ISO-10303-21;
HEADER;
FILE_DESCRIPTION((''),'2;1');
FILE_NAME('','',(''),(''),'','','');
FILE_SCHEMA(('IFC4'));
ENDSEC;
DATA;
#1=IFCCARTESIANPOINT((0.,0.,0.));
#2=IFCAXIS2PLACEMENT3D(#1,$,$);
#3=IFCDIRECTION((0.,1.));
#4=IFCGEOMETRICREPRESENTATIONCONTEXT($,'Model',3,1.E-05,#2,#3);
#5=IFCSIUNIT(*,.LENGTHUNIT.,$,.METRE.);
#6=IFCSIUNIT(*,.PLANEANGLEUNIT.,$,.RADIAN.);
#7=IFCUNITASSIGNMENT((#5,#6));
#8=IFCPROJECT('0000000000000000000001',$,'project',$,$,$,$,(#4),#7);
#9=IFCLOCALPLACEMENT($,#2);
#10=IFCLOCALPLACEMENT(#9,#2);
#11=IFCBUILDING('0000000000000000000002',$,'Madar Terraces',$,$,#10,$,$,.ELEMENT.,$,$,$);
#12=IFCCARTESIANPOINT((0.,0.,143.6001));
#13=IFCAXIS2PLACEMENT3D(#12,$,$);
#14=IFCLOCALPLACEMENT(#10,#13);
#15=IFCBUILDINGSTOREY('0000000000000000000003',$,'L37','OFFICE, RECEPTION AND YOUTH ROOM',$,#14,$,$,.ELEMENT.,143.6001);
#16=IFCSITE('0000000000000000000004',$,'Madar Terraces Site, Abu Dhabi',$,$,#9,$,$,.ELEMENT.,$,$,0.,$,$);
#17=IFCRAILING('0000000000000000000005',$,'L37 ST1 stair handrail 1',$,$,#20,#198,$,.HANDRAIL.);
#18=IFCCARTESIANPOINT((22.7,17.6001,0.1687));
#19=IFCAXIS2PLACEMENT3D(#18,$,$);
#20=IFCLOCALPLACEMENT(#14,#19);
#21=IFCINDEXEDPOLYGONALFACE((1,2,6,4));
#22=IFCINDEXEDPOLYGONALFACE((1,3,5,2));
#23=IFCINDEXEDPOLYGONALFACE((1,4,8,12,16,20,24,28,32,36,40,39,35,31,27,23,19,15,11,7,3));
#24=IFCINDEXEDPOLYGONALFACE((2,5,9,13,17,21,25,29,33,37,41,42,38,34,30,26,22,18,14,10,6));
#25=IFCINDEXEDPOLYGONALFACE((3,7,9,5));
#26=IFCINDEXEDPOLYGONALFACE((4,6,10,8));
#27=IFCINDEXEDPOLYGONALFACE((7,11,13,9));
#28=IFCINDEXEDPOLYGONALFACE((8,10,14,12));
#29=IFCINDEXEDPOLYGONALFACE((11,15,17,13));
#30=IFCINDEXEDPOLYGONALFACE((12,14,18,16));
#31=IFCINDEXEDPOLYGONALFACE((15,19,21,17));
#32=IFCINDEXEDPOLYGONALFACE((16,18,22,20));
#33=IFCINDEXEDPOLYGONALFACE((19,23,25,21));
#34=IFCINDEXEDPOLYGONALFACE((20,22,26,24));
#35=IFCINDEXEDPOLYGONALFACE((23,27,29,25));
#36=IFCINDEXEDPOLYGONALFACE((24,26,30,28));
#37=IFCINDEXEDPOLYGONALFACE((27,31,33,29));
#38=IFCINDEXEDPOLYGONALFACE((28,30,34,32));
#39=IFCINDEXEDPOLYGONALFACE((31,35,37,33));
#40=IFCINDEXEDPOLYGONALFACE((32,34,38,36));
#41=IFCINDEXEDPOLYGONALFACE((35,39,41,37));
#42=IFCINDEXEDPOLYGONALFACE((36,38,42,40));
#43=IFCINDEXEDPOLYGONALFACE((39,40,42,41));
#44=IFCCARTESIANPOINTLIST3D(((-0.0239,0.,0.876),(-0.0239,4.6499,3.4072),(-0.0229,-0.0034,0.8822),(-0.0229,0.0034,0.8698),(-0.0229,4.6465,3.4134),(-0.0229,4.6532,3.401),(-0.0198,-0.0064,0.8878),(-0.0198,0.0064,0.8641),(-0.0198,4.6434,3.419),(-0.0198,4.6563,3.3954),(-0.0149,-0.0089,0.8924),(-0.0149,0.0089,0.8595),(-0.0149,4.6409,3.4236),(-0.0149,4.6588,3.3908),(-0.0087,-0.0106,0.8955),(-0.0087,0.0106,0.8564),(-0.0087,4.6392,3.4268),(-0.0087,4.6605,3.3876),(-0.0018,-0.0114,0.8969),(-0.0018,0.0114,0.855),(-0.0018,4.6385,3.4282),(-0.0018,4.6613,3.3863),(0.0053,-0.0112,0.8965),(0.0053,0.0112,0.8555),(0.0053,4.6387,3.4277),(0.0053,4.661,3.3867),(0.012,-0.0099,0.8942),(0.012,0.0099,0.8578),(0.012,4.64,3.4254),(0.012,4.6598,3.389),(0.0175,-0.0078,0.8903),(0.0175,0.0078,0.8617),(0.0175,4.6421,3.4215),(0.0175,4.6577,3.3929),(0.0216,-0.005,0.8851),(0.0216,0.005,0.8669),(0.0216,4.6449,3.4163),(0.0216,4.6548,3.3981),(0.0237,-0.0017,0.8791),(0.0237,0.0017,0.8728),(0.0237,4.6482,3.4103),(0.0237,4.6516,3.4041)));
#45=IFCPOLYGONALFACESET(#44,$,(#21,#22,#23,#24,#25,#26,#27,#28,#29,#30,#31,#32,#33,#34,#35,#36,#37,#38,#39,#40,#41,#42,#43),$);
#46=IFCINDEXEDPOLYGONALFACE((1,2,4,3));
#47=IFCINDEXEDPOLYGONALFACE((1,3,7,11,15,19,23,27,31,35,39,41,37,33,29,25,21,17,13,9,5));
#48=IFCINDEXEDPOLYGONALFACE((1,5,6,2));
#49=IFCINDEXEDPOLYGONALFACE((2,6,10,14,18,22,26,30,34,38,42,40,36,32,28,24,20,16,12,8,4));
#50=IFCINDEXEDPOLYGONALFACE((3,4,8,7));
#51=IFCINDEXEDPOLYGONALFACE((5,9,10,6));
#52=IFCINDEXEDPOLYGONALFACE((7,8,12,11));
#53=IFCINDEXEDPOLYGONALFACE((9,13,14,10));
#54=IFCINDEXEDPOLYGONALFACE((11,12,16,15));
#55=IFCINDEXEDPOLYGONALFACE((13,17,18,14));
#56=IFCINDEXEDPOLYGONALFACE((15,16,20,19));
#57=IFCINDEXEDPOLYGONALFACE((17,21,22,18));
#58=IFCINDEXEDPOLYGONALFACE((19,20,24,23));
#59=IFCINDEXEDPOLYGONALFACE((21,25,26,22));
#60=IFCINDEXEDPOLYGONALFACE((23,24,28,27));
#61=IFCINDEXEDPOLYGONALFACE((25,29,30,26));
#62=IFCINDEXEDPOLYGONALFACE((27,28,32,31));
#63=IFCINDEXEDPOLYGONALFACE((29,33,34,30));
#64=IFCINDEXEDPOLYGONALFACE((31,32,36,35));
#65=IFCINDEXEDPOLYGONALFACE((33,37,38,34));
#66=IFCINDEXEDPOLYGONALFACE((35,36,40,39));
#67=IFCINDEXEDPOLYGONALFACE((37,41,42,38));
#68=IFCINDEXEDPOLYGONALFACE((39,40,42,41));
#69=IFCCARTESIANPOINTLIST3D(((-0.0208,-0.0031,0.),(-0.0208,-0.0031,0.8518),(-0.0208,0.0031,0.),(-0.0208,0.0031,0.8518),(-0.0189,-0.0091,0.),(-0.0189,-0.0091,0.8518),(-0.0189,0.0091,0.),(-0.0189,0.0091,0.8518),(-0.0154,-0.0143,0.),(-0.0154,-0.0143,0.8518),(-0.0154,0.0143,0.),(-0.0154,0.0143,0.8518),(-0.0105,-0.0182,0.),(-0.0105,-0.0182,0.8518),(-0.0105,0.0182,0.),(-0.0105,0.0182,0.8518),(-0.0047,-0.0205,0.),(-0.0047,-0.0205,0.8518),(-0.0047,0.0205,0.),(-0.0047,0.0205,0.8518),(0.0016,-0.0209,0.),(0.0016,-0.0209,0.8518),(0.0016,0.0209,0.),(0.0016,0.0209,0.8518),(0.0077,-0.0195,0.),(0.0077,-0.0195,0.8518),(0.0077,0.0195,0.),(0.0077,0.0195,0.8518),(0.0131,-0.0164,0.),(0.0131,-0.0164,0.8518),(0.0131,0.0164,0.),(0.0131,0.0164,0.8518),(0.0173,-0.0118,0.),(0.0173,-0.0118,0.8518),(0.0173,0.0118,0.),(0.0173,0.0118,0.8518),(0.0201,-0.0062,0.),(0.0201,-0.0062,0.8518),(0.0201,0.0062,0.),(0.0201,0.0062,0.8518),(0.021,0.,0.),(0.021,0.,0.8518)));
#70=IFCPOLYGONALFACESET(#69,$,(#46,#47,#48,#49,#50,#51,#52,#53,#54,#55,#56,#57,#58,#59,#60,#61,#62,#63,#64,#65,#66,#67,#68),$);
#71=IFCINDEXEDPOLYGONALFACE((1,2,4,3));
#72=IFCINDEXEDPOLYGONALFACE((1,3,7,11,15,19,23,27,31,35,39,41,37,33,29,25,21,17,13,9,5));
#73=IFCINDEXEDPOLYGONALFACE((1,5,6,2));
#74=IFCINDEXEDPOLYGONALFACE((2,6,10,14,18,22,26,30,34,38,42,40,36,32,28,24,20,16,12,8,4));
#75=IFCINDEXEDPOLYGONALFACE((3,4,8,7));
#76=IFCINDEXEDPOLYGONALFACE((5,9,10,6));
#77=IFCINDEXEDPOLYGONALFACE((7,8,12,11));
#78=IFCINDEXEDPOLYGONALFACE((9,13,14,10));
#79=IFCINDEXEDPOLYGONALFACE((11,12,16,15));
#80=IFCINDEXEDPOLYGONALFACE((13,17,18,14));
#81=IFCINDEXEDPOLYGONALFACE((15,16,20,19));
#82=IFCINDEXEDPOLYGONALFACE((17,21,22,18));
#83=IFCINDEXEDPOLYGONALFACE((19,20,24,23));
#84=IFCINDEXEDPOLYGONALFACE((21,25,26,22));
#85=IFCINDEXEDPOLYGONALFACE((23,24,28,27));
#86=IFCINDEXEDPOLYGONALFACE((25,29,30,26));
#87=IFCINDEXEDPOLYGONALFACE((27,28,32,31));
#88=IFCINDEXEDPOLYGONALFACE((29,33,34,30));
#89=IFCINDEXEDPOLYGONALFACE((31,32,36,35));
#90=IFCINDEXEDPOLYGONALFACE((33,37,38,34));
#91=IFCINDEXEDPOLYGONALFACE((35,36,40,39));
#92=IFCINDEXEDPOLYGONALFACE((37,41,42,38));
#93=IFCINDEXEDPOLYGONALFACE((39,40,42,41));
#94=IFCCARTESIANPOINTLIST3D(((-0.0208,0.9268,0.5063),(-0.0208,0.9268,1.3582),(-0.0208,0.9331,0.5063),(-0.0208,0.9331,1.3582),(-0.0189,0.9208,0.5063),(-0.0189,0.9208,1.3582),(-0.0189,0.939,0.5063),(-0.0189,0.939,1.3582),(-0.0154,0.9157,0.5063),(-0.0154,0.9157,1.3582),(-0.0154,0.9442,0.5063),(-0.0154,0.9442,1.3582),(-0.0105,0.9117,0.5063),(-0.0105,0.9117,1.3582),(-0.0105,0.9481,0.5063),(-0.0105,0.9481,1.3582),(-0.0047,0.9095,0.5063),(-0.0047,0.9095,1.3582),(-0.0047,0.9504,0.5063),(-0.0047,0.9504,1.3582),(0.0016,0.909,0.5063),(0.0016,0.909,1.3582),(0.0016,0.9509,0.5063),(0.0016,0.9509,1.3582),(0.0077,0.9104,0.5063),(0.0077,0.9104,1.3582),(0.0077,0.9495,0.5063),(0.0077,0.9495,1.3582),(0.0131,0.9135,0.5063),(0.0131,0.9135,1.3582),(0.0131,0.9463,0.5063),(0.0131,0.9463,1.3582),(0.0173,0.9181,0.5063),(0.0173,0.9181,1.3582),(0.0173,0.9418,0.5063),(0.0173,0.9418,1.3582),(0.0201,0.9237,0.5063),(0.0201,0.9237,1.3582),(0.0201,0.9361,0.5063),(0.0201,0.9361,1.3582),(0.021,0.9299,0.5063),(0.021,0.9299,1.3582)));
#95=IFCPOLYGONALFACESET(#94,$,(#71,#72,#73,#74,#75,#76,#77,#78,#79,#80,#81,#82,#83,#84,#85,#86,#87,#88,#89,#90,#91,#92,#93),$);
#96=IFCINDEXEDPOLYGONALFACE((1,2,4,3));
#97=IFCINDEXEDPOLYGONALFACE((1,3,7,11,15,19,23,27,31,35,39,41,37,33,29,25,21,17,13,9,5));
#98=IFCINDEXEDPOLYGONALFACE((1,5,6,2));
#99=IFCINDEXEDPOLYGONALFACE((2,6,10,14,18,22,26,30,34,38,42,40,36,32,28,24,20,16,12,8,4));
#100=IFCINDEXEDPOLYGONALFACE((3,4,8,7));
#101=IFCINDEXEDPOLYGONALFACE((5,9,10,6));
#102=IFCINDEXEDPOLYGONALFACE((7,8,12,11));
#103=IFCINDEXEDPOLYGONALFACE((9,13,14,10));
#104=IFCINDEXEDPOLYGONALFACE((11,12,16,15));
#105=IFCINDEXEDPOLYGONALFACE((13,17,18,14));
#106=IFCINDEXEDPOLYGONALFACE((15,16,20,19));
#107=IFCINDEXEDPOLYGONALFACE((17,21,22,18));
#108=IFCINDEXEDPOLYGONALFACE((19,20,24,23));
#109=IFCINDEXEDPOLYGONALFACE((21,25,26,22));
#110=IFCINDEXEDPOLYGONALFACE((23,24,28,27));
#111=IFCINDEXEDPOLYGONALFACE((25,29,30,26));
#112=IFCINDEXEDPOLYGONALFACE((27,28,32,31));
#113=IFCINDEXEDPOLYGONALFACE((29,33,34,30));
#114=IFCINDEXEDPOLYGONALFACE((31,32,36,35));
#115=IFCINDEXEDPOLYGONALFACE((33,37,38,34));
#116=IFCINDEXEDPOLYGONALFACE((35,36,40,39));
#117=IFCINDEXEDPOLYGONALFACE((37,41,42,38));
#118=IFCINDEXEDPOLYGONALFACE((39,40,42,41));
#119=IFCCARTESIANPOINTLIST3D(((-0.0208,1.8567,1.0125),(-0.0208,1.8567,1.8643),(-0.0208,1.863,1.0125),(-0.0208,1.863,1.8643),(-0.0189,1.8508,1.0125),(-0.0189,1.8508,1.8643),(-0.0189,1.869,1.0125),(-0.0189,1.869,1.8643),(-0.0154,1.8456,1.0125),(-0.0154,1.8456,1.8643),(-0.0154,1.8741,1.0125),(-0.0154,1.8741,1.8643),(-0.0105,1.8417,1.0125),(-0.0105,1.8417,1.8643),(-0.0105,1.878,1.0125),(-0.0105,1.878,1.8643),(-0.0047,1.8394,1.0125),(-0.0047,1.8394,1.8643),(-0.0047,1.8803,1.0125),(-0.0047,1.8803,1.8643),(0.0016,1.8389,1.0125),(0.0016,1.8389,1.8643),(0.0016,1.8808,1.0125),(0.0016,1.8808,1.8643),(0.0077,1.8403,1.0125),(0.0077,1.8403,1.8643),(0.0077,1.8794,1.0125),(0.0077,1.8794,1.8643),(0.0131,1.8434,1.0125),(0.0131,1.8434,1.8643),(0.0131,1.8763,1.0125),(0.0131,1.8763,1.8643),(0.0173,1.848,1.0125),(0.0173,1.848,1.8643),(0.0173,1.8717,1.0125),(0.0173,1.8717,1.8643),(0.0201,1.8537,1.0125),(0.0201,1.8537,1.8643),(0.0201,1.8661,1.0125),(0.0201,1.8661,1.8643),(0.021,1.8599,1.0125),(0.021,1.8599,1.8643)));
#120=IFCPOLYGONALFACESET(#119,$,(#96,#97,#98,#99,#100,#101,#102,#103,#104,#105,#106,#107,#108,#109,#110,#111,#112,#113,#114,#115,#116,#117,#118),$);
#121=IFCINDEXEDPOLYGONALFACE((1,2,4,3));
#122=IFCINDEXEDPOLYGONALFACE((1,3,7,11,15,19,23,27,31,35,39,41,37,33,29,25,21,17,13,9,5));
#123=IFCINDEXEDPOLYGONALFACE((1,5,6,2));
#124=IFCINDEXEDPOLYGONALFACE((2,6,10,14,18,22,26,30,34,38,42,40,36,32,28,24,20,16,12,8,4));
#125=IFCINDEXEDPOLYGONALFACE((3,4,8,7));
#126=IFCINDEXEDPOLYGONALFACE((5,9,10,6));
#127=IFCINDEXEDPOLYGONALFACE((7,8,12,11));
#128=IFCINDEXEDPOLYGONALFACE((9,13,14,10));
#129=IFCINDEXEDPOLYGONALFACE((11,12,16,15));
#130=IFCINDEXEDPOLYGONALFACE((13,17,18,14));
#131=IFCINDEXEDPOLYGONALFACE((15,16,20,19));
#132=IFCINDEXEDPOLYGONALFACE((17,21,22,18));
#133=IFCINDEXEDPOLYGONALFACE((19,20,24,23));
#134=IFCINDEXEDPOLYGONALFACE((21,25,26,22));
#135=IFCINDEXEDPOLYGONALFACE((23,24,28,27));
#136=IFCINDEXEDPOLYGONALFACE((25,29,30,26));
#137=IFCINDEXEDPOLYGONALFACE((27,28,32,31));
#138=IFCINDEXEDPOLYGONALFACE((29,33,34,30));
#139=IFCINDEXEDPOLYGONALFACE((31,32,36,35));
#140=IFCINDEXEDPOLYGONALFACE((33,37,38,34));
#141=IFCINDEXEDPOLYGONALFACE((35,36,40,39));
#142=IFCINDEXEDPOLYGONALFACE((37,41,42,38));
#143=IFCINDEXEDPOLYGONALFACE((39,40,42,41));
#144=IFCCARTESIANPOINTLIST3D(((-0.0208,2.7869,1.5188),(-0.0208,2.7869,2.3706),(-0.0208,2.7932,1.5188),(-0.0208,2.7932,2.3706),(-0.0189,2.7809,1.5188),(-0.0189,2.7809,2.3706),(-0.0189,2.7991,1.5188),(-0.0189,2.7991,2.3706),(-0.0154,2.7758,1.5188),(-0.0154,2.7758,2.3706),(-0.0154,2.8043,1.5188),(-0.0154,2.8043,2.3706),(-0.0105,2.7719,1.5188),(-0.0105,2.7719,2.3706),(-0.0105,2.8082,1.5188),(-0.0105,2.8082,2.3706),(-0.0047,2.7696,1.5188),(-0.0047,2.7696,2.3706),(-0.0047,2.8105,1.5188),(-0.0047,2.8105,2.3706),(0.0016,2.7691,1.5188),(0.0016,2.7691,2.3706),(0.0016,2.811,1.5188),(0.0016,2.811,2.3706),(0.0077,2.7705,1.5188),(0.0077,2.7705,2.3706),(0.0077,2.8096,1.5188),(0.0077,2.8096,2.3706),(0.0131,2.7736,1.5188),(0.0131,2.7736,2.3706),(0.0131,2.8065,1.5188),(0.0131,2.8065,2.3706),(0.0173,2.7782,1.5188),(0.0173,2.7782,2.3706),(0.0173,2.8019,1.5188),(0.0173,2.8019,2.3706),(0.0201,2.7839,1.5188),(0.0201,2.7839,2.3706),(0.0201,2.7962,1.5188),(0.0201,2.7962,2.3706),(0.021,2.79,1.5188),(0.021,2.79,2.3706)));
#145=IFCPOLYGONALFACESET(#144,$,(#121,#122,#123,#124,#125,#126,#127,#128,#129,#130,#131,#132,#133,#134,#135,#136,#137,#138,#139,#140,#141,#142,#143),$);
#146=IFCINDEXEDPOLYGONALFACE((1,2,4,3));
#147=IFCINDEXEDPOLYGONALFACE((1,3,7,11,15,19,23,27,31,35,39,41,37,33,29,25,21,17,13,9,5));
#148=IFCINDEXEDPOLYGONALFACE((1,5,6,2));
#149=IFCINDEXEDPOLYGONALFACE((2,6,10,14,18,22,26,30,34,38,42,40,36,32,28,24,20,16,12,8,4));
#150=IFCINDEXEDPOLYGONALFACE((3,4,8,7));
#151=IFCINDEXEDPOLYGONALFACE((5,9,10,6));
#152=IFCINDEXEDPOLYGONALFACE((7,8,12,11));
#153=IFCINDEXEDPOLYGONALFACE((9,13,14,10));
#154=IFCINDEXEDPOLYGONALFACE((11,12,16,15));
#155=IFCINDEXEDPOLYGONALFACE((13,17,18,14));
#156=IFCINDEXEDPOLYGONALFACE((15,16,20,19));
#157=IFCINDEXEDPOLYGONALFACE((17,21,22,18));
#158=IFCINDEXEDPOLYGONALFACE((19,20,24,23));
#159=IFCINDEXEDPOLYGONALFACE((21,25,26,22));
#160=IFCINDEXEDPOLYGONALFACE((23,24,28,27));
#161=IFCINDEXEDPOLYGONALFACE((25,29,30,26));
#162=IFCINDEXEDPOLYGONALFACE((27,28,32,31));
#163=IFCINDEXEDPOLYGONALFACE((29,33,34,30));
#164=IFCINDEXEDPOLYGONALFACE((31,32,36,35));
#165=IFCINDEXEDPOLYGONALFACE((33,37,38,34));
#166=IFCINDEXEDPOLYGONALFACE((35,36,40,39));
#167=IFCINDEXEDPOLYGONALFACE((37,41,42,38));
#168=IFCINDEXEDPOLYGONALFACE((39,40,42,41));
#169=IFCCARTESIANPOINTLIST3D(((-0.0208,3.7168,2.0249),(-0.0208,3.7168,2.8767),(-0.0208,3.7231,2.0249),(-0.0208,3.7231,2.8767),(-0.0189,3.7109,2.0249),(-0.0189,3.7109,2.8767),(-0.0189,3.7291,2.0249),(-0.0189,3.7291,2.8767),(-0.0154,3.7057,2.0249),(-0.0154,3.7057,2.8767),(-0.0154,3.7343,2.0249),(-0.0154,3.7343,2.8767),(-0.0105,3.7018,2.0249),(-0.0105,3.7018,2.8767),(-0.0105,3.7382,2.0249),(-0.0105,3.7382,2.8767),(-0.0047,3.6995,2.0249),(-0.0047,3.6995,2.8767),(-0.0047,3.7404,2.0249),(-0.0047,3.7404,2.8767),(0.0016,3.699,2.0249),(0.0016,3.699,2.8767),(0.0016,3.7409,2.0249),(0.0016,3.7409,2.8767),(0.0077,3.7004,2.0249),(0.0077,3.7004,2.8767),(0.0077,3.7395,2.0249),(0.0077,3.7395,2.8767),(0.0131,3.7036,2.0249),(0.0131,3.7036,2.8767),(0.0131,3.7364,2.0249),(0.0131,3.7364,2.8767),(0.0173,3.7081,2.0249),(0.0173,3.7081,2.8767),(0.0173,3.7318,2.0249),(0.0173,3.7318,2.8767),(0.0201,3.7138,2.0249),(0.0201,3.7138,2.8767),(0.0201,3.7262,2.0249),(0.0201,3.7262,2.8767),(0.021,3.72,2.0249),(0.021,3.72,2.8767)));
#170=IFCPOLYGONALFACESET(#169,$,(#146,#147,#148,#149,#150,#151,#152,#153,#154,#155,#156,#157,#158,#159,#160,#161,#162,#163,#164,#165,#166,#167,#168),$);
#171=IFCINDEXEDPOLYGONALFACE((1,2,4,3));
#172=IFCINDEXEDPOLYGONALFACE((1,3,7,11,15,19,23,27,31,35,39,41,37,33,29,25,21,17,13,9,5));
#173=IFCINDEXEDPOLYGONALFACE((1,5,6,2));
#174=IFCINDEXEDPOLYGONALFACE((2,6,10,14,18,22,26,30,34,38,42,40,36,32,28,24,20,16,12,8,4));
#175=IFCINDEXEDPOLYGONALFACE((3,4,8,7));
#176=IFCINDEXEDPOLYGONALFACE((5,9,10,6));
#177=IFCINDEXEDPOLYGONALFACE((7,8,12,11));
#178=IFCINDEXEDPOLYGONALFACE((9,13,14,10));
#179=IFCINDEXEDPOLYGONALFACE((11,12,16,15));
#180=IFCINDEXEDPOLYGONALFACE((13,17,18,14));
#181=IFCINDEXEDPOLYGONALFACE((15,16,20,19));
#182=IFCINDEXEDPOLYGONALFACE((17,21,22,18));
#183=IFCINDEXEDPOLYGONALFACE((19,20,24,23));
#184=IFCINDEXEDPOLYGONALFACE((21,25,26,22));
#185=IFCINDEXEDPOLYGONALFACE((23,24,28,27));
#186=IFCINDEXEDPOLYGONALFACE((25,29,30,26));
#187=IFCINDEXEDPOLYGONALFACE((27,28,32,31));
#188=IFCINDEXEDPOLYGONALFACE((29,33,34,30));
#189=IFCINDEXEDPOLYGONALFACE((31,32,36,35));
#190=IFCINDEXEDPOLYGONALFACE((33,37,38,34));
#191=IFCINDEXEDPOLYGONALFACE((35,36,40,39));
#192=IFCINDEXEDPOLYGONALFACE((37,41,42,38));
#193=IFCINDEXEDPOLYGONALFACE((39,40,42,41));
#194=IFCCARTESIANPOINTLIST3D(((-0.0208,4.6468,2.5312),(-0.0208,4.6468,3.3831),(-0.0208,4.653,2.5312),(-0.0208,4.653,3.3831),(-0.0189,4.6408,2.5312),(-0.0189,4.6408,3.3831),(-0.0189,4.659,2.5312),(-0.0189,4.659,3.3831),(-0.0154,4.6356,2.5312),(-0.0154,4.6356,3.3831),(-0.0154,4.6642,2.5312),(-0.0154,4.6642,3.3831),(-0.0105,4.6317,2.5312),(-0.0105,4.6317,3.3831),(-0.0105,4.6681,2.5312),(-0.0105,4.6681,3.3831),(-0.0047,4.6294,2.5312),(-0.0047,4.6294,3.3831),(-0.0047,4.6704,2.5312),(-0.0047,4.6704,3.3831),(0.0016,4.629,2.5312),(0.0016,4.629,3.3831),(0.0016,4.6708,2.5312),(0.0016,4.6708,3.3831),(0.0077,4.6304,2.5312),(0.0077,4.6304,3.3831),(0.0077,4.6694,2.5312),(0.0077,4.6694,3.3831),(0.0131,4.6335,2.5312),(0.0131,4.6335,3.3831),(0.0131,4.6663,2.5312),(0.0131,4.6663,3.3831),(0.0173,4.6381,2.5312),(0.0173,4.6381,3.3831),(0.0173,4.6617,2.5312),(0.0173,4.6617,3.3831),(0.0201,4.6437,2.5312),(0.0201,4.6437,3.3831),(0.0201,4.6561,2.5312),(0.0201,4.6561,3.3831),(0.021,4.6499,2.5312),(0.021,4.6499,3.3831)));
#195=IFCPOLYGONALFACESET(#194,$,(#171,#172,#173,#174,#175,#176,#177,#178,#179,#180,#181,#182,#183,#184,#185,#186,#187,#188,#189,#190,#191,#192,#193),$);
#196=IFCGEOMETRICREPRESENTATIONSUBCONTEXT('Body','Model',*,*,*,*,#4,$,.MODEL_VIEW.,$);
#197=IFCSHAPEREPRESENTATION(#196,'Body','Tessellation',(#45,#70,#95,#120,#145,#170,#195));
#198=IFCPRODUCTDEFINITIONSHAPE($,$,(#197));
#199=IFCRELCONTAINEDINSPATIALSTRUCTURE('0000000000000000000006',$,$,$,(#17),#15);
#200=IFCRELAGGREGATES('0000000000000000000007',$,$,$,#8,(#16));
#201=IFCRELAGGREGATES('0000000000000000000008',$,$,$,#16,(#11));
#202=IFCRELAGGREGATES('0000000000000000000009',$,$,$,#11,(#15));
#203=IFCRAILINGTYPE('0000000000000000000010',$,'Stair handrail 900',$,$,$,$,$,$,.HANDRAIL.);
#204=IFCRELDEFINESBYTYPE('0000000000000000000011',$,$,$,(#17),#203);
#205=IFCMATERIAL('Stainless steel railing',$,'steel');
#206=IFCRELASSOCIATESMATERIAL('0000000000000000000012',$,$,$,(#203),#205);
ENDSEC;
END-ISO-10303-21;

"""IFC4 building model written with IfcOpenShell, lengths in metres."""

from ifc_helpers import new_model, si_unit, direction, frame, origin, origin_2d, place, context, subcontext, project, spatial, circle, extrude, material, type_object, element, save


model = new_model("IFC4")

# Units and contexts
model_context = context("Model", 3, precision=1e-05, world=origin(), true_north=direction((0.0, 1.0)))
body_context = subcontext(model_context, "Body", "Model", "MODEL_VIEW")
ifc_project = project(units=[si_unit("LENGTHUNIT", "METRE"), si_unit("PLANEANGLEUNIT", "RADIAN")], contexts=[model_context])

# Site, building, storey
site_placement = place(None, origin())
site = spatial("IfcSite", under=ifc_project, at=site_placement, Name="Madar Terraces Site, Abu Dhabi", CompositionType="ELEMENT", RefElevation=0.0)
building_placement = place(site_placement, origin())
building = spatial("IfcBuilding", under=site, at=building_placement, Name="Madar Terraces", CompositionType="ELEMENT")
storey_placement = place(building_placement, frame((0.0, 0.0, 143.6001)))
storey = spatial("IfcBuildingStorey", under=building, at=storey_placement, Name="L37", Description="OFFICE, RECEPTION AND YOUTH ROOM", CompositionType="ELEMENT", Elevation=143.6001)

# Railing
ifc_material_1 = material(Name="Stainless steel railing", Category="steel")
railing_type_1 = type_object("IfcRailingType", Name="Stair handrail 900", PredefinedType="HANDRAIL", material=ifc_material_1)
railing_1_placement = place(storey_placement, frame((22.7, 17.6001, 0.1687)))
element("IfcRailing", 1, at=railing_1_placement, inside=storey, type_object=railing_type_1, Name="L37 ST1 stair handrail 1", PredefinedType="HANDRAIL", context=body_context, shape_type="SweptSolid", body=[
    extrude(circle(Radius=0.0239, at=origin_2d()), frame((0.0, 0.0, 0.876), z_axis=(0.0, 0.878297, 0.478115), x_axis=(-1.0, 0.0, 0.0)), (0.0, 0.0, 1.0), 5.2942),
    extrude(circle(Radius=0.021, at=origin_2d()), origin(), (0.0, 0.0, 1.0), 0.8518),
    extrude(circle(Radius=0.021, at=origin_2d()), frame((0.0, 0.9299, 0.5063)), (0.0, 0.0, 1.0), 0.8518),
    extrude(circle(Radius=0.021, at=origin_2d()), frame((0.0, 1.8599, 1.0125)), (0.0, 0.0, 1.0), 0.8518),
    extrude(circle(Radius=0.021, at=origin_2d()), frame((0.0, 2.79, 1.5188)), (0.0, 0.0, 1.0), 0.8518),
    extrude(circle(Radius=0.021, at=origin_2d()), frame((0.0, 3.72, 2.0249)), (0.0, 0.0, 1.0), 0.8518),
    extrude(circle(Radius=0.021, at=origin_2d()), frame((0.0, 4.6499, 2.5312)), (0.0, 0.0, 1.0), 0.8518),
])

save(model, "model.ifc")
